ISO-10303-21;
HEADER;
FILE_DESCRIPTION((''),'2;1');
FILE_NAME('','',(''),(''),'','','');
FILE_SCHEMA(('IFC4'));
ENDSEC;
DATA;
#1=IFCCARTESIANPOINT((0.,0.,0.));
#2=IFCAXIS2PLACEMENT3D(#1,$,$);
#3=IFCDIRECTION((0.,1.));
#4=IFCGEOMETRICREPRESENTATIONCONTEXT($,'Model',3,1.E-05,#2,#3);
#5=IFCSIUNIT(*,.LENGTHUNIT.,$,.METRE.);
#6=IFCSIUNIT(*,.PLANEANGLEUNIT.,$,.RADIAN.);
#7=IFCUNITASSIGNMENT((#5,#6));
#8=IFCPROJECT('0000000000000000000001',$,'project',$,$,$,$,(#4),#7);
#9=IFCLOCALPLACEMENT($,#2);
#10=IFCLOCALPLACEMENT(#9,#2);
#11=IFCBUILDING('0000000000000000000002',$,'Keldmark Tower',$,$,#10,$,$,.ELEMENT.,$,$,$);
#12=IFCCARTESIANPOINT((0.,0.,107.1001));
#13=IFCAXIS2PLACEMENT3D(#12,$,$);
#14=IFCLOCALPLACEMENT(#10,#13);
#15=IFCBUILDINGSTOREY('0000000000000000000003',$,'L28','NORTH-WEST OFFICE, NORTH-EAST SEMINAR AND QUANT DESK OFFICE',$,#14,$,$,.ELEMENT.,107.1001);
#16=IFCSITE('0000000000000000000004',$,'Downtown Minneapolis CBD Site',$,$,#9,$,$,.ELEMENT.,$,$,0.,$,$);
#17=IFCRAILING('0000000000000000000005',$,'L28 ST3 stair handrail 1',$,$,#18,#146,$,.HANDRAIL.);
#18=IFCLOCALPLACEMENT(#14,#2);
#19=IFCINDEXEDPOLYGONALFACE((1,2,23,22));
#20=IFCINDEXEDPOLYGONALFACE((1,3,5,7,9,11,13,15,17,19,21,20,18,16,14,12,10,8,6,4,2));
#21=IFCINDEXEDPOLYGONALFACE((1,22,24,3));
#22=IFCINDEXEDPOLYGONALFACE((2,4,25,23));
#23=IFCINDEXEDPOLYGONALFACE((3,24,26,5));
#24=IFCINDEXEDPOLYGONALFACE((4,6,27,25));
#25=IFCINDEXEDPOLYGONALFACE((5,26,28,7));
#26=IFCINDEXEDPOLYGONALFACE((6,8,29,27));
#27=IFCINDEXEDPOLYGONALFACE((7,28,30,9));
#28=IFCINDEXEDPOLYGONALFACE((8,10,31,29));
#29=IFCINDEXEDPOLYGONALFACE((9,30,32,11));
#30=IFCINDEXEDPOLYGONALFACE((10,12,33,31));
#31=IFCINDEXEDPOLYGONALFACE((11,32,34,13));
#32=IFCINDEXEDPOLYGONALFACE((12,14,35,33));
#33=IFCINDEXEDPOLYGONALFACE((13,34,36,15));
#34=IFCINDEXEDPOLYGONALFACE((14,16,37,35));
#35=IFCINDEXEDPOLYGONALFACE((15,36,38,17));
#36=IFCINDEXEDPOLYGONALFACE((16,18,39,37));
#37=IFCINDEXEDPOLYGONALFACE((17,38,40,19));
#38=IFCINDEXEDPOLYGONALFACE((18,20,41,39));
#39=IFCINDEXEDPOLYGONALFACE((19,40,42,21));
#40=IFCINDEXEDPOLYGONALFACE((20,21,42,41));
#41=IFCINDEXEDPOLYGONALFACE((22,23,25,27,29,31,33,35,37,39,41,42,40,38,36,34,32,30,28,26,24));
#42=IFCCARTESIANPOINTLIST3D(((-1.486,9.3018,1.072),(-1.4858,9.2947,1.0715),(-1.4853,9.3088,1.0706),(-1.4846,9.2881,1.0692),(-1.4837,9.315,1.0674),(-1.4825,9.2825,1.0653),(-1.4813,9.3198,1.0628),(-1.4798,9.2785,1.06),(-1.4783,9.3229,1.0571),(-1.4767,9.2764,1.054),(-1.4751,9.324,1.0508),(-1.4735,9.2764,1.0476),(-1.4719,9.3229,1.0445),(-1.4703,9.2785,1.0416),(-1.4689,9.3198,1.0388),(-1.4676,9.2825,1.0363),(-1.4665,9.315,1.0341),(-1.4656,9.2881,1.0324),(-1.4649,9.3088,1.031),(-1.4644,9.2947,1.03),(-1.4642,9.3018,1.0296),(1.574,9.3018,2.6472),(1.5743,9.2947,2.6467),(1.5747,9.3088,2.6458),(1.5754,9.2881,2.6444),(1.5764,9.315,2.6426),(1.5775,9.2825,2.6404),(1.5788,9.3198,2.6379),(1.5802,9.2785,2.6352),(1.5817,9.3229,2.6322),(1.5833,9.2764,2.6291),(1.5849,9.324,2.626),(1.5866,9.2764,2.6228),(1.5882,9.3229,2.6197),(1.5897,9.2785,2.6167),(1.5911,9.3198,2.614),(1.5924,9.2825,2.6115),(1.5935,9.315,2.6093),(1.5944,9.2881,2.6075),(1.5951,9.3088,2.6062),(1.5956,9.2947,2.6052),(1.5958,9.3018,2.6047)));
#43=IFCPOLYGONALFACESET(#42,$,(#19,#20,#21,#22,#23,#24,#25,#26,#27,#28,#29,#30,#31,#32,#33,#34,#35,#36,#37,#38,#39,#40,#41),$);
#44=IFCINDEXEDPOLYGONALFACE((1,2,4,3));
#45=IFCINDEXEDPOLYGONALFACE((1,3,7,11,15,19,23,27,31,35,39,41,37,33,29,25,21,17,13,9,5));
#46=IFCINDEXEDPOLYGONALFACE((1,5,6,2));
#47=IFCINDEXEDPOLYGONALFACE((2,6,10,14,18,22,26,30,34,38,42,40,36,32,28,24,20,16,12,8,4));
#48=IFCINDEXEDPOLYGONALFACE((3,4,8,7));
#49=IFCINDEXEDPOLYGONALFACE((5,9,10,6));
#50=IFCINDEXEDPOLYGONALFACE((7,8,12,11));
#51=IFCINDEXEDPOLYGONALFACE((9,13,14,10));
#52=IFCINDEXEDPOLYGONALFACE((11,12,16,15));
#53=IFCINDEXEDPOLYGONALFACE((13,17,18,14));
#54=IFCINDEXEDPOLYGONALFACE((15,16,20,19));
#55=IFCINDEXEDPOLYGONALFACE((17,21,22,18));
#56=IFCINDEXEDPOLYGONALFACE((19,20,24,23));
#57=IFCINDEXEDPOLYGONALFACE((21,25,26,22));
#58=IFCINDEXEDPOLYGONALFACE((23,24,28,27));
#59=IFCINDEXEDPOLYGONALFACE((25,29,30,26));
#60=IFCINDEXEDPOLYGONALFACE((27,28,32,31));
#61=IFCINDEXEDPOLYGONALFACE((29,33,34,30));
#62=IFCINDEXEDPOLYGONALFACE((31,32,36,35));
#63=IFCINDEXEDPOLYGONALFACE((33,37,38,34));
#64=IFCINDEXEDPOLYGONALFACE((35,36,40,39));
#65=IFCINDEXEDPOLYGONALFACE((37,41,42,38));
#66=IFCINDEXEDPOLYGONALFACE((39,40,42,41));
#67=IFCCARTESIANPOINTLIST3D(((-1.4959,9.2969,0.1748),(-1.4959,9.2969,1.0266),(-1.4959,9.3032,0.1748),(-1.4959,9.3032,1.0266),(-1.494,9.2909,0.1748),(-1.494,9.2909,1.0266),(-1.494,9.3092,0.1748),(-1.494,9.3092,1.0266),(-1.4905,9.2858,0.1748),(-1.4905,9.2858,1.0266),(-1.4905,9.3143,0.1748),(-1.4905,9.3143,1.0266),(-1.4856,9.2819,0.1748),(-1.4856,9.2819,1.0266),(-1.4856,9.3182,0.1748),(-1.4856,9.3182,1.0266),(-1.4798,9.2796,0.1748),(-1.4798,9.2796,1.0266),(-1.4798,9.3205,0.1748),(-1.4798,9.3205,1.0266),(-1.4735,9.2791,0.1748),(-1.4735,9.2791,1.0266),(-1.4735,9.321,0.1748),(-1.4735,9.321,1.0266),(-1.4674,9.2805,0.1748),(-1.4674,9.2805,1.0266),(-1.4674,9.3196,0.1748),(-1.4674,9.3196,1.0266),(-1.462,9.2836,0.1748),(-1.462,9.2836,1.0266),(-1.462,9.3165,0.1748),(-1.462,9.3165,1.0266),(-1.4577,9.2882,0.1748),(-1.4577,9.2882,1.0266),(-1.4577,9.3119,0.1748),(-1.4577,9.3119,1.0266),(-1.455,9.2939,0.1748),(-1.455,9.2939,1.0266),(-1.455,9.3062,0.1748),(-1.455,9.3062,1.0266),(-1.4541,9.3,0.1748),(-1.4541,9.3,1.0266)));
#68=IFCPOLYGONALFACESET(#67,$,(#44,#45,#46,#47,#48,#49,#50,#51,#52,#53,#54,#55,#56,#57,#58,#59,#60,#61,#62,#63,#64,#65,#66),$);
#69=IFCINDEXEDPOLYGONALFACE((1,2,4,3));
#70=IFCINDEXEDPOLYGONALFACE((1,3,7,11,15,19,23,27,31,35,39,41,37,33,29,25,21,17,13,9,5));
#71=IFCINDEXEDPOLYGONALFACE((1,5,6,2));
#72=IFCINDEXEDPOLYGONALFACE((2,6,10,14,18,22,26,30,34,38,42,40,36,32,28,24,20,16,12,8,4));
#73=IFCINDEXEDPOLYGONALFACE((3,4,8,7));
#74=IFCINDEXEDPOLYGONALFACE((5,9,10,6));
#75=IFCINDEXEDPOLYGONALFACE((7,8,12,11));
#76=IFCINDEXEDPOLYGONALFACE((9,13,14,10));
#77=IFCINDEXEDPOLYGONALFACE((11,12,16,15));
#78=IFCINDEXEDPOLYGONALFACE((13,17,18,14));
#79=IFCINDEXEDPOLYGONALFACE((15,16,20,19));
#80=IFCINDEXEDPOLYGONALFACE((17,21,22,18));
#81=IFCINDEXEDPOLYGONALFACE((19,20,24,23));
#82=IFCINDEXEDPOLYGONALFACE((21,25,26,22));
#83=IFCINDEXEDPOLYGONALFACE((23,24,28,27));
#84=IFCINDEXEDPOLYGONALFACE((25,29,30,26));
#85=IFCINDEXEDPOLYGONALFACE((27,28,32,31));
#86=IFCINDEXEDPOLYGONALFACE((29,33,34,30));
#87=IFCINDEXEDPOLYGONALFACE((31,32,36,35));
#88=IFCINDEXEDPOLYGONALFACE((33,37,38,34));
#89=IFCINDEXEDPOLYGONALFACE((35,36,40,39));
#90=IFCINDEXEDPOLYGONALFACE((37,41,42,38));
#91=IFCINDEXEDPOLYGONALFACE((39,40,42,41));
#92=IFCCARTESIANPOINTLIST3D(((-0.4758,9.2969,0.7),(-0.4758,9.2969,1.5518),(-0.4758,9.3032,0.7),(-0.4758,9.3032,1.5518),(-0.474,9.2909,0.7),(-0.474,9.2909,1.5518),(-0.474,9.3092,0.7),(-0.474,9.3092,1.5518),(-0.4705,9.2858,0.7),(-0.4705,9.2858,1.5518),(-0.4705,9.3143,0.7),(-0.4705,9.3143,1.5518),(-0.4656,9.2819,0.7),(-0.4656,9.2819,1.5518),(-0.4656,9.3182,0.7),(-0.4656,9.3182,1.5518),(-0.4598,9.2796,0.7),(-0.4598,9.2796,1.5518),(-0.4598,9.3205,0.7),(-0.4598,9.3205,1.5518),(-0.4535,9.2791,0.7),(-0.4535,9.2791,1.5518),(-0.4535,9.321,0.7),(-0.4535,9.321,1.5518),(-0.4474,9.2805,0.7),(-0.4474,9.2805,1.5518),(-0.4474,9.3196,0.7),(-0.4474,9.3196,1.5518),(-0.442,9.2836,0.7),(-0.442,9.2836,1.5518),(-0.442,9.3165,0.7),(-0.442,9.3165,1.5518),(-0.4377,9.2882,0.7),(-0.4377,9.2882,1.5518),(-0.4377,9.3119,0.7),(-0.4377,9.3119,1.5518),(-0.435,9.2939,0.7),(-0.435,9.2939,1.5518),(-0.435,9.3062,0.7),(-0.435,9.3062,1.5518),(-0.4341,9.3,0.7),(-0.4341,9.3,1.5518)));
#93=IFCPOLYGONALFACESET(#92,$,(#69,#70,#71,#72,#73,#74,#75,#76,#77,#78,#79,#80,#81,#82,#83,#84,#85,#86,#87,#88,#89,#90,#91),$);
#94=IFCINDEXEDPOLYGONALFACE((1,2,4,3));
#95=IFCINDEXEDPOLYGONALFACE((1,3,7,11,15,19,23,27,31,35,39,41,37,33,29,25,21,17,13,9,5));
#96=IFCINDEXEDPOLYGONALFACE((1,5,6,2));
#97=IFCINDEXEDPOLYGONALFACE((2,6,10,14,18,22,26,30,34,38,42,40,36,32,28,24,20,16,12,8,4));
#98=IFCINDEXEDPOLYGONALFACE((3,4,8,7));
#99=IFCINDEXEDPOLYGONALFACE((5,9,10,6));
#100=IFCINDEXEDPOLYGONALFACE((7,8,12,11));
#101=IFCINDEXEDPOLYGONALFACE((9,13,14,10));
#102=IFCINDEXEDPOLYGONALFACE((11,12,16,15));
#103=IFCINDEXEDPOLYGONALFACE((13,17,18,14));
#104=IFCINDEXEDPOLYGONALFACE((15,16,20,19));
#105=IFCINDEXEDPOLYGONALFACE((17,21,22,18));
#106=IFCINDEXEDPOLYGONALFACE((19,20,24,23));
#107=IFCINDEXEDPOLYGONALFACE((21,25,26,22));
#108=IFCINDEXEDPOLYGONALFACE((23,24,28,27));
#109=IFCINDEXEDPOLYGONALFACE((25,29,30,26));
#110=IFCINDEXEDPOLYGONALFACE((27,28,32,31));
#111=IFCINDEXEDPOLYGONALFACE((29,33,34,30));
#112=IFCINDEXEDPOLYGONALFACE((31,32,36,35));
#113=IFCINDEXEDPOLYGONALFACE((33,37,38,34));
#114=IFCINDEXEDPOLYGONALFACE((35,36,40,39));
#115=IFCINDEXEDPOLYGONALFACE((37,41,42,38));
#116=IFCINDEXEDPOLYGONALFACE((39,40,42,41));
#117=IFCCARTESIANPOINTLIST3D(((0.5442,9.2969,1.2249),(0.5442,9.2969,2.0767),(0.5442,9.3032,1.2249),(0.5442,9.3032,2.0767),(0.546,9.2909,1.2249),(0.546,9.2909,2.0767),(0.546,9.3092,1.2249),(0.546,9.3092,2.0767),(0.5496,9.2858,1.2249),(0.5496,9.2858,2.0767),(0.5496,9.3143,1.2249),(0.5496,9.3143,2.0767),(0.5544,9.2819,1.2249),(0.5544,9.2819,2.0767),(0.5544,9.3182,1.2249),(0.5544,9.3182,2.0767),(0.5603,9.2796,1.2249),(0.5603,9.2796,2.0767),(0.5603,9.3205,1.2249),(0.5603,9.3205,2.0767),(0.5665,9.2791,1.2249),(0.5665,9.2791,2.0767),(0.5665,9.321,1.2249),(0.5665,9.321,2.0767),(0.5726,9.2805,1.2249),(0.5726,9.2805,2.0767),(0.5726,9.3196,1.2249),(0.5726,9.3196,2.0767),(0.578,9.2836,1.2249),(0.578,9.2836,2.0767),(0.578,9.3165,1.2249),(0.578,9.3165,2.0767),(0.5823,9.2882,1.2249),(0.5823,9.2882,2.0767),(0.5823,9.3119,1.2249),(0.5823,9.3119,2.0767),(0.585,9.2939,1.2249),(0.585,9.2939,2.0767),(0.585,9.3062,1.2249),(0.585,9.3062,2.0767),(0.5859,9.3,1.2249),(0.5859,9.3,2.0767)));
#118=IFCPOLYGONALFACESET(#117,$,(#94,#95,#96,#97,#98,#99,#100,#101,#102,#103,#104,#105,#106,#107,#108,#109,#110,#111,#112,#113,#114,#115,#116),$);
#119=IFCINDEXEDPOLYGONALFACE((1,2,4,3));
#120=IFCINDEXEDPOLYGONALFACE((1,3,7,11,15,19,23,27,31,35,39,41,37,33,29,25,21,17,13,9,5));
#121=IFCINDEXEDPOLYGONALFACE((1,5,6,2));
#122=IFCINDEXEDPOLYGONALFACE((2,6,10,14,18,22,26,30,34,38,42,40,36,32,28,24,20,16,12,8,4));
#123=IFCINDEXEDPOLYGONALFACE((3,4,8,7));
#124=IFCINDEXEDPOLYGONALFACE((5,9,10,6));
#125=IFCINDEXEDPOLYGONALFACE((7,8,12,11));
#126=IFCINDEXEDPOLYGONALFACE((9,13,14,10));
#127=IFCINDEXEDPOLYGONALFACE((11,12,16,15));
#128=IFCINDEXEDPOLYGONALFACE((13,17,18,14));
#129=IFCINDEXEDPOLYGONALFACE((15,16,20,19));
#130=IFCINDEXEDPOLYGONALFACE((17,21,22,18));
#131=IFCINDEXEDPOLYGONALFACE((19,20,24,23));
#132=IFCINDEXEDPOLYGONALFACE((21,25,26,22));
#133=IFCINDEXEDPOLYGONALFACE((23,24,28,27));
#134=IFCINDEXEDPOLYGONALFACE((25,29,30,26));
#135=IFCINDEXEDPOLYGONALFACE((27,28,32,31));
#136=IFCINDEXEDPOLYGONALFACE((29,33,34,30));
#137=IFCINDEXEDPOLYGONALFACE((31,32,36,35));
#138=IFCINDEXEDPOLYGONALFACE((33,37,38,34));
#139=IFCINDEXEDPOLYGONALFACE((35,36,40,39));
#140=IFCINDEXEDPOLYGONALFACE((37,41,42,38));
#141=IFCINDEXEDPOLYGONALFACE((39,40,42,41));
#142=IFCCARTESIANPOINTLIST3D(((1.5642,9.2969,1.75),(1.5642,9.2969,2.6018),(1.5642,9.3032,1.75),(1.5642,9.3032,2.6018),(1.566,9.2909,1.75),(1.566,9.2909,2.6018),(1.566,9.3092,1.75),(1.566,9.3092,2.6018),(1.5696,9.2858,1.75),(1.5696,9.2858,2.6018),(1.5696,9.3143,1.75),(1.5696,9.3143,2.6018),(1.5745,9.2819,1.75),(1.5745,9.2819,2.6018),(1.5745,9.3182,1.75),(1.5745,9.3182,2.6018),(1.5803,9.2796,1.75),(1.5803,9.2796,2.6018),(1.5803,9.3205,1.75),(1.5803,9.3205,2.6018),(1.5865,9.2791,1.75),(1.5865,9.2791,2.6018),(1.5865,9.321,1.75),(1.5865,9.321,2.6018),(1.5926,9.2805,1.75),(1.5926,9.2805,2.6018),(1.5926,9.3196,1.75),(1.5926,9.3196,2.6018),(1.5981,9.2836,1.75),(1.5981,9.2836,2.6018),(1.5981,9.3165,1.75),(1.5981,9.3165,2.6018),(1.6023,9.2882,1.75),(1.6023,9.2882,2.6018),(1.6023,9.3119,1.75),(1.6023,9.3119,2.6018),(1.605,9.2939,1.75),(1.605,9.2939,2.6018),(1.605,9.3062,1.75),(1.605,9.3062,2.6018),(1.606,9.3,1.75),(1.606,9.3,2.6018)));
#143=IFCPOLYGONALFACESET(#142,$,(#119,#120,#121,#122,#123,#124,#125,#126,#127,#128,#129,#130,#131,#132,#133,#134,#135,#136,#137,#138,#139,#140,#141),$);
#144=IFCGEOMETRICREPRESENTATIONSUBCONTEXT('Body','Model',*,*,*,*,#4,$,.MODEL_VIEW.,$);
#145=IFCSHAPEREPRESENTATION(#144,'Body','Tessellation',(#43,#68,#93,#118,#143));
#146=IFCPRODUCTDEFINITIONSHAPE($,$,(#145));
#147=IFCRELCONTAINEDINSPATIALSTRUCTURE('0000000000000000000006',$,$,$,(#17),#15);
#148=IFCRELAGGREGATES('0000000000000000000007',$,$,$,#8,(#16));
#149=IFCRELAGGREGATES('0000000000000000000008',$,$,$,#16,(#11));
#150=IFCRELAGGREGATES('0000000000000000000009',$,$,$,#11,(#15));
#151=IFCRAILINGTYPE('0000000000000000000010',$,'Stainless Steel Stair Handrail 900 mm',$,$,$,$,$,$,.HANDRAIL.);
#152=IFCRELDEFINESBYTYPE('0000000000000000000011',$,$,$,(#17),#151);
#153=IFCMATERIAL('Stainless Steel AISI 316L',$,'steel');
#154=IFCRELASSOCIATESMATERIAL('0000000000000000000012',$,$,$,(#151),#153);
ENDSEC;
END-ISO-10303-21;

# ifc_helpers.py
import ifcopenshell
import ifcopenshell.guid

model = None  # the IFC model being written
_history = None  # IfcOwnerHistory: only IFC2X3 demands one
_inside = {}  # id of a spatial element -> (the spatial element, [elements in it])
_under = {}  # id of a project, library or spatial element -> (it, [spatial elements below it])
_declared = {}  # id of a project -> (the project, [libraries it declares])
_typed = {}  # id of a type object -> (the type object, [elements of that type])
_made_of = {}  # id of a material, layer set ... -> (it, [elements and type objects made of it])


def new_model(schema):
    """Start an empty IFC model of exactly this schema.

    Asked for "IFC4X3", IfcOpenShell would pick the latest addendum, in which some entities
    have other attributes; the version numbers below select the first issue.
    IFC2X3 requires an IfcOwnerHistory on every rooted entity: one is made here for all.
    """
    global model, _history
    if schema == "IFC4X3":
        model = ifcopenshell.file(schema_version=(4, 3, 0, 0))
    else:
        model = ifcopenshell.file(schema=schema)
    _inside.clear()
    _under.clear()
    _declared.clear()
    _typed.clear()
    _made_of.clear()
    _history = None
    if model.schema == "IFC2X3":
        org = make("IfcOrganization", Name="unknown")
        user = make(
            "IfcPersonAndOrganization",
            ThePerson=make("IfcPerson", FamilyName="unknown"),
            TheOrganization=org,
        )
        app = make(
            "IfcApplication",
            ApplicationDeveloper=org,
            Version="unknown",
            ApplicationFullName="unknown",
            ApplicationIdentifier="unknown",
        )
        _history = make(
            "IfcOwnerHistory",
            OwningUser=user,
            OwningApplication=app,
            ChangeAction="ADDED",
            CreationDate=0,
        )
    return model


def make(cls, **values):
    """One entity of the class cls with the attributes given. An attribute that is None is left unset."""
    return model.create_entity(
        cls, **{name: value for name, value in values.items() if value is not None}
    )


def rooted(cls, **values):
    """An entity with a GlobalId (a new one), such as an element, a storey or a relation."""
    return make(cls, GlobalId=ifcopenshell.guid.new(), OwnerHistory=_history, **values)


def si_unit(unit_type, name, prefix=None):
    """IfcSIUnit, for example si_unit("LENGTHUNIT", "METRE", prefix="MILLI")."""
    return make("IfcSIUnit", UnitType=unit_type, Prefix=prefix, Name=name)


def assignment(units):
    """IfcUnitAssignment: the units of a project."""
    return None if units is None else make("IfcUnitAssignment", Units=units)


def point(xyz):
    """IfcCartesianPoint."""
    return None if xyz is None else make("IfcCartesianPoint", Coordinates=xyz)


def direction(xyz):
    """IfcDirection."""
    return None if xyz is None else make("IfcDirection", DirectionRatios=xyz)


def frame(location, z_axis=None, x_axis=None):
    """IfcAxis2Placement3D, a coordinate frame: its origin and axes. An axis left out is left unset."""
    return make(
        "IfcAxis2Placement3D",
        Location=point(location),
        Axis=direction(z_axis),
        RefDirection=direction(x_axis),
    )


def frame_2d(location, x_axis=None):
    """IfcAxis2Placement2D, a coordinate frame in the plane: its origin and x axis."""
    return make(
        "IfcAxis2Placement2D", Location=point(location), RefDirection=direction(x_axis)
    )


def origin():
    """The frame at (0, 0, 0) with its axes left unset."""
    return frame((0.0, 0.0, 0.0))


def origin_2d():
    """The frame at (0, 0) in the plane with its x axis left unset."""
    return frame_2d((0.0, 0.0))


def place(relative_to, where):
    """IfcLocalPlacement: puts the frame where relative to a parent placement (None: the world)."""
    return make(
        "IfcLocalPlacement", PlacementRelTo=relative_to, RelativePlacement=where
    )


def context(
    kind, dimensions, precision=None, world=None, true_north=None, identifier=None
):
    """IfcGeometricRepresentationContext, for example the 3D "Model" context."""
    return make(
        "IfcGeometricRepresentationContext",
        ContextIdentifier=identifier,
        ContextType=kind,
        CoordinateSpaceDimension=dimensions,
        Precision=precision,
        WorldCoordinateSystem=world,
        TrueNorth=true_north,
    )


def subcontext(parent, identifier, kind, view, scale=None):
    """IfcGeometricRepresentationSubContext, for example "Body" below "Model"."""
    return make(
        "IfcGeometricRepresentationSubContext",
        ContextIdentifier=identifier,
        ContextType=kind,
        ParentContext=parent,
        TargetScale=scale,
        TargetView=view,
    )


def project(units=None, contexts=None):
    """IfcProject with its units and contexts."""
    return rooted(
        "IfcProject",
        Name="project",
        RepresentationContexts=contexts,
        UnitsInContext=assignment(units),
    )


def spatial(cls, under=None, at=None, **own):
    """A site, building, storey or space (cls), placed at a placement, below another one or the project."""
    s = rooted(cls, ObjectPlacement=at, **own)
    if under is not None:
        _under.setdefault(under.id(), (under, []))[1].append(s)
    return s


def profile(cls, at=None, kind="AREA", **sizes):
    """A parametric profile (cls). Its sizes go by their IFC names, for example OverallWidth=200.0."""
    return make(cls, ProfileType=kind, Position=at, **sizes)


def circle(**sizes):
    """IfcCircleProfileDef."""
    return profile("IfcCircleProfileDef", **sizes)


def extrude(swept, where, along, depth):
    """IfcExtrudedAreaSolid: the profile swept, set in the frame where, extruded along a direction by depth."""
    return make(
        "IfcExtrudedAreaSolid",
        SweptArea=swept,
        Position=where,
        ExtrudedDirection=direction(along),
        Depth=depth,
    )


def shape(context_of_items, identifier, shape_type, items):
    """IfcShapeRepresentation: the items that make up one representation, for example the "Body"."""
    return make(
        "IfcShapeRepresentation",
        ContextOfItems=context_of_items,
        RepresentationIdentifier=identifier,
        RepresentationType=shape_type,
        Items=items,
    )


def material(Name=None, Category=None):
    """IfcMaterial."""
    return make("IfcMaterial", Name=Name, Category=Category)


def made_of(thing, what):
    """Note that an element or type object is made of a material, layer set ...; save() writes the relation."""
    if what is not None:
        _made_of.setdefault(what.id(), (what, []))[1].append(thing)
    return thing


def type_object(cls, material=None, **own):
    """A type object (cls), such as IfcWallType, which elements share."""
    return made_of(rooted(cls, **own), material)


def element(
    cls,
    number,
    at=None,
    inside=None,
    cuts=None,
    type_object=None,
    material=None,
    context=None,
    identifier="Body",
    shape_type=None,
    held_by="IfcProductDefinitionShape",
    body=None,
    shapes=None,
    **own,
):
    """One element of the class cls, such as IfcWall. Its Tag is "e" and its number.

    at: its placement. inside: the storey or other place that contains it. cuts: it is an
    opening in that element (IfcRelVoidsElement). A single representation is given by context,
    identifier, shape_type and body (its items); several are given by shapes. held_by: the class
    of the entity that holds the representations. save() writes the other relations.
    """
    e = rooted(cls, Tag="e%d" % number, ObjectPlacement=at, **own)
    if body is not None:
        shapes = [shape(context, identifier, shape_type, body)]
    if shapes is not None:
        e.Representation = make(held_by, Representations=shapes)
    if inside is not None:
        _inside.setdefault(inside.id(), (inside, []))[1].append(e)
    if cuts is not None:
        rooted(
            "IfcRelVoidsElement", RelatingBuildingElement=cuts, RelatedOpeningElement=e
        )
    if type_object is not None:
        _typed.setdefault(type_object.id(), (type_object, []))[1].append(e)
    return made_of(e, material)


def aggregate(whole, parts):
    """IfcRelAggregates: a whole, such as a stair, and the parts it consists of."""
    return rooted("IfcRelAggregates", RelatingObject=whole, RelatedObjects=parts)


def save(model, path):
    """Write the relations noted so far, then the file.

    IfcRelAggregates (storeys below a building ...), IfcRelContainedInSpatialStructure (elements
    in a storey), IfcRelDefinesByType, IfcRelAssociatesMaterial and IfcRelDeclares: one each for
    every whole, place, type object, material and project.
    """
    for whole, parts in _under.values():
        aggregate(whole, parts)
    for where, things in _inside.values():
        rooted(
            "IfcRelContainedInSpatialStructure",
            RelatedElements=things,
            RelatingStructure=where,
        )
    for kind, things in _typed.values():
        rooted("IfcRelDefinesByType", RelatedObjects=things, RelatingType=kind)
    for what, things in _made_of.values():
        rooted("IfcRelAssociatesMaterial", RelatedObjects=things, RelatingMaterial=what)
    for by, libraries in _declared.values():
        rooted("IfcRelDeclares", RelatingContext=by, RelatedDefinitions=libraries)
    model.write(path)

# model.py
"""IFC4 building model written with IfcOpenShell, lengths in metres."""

from ifc_helpers import new_model, si_unit, direction, frame, origin, origin_2d, place, context, subcontext, project, spatial, circle, extrude, material, type_object, element, save


model = new_model("IFC4")

# Units and contexts
model_context = context("Model", 3, precision=1e-05, world=origin(), true_north=direction((0.0, 1.0)))
body_context = subcontext(model_context, "Body", "Model", "MODEL_VIEW")
ifc_project = project(units=[si_unit("LENGTHUNIT", "METRE"), si_unit("PLANEANGLEUNIT", "RADIAN")], contexts=[model_context])

# Site, building, storey
site_placement = place(None, origin())
site = spatial("IfcSite", under=ifc_project, at=site_placement, Name="Downtown Minneapolis CBD Site", CompositionType="ELEMENT", RefElevation=0.0)
building_placement = place(site_placement, origin())
building = spatial("IfcBuilding", under=site, at=building_placement, Name="Keldmark Tower", CompositionType="ELEMENT")
storey_placement = place(building_placement, frame((0.0, 0.0, 107.1001)))
storey = spatial("IfcBuildingStorey", under=building, at=storey_placement, Name="L28", Description="NORTH-WEST OFFICE, NORTH-EAST SEMINAR AND QUANT DESK OFFICE", CompositionType="ELEMENT", Elevation=107.1001)

# Railing
ifc_material_1 = material(Name="Stainless Steel AISI 316L", Category="steel")
railing_type_1 = type_object("IfcRailingType", Name="Stainless Steel Stair Handrail 900 mm", PredefinedType="HANDRAIL", material=ifc_material_1)
railing_1_placement = place(storey_placement, frame((-1.4751, 9.3, 0.1748)))
element("IfcRailing", 1, at=railing_1_placement, inside=storey, type_object=railing_type_1, Name="L28 ST3 stair handrail 1", PredefinedType="HANDRAIL", context=body_context, shape_type="SweptSolid", body=[
    extrude(circle(Radius=0.0239, at=origin_2d()), frame((0.0, 0.0, 0.876), z_axis=(0.889116, 0.0, 0.457681), x_axis=(0.0, 1.0, 0.0)), (0.0, 0.0, 1.0), 3.4417),
    extrude(circle(Radius=0.021, at=origin_2d()), origin(), (0.0, 0.0, 1.0), 0.8518),
    extrude(circle(Radius=0.021, at=origin_2d()), frame((1.02, 0.0, 0.5251)), (0.0, 0.0, 1.0), 0.8518),
    extrude(circle(Radius=0.021, at=origin_2d()), frame((2.04, 0.0, 1.05)), (0.0, 0.0, 1.0), 0.8518),
    extrude(circle(Radius=0.021, at=origin_2d()), frame((3.0601, 0.0, 1.5752)), (0.0, 0.0, 1.0), 0.8518),
])

save(model, "model.ifc")
